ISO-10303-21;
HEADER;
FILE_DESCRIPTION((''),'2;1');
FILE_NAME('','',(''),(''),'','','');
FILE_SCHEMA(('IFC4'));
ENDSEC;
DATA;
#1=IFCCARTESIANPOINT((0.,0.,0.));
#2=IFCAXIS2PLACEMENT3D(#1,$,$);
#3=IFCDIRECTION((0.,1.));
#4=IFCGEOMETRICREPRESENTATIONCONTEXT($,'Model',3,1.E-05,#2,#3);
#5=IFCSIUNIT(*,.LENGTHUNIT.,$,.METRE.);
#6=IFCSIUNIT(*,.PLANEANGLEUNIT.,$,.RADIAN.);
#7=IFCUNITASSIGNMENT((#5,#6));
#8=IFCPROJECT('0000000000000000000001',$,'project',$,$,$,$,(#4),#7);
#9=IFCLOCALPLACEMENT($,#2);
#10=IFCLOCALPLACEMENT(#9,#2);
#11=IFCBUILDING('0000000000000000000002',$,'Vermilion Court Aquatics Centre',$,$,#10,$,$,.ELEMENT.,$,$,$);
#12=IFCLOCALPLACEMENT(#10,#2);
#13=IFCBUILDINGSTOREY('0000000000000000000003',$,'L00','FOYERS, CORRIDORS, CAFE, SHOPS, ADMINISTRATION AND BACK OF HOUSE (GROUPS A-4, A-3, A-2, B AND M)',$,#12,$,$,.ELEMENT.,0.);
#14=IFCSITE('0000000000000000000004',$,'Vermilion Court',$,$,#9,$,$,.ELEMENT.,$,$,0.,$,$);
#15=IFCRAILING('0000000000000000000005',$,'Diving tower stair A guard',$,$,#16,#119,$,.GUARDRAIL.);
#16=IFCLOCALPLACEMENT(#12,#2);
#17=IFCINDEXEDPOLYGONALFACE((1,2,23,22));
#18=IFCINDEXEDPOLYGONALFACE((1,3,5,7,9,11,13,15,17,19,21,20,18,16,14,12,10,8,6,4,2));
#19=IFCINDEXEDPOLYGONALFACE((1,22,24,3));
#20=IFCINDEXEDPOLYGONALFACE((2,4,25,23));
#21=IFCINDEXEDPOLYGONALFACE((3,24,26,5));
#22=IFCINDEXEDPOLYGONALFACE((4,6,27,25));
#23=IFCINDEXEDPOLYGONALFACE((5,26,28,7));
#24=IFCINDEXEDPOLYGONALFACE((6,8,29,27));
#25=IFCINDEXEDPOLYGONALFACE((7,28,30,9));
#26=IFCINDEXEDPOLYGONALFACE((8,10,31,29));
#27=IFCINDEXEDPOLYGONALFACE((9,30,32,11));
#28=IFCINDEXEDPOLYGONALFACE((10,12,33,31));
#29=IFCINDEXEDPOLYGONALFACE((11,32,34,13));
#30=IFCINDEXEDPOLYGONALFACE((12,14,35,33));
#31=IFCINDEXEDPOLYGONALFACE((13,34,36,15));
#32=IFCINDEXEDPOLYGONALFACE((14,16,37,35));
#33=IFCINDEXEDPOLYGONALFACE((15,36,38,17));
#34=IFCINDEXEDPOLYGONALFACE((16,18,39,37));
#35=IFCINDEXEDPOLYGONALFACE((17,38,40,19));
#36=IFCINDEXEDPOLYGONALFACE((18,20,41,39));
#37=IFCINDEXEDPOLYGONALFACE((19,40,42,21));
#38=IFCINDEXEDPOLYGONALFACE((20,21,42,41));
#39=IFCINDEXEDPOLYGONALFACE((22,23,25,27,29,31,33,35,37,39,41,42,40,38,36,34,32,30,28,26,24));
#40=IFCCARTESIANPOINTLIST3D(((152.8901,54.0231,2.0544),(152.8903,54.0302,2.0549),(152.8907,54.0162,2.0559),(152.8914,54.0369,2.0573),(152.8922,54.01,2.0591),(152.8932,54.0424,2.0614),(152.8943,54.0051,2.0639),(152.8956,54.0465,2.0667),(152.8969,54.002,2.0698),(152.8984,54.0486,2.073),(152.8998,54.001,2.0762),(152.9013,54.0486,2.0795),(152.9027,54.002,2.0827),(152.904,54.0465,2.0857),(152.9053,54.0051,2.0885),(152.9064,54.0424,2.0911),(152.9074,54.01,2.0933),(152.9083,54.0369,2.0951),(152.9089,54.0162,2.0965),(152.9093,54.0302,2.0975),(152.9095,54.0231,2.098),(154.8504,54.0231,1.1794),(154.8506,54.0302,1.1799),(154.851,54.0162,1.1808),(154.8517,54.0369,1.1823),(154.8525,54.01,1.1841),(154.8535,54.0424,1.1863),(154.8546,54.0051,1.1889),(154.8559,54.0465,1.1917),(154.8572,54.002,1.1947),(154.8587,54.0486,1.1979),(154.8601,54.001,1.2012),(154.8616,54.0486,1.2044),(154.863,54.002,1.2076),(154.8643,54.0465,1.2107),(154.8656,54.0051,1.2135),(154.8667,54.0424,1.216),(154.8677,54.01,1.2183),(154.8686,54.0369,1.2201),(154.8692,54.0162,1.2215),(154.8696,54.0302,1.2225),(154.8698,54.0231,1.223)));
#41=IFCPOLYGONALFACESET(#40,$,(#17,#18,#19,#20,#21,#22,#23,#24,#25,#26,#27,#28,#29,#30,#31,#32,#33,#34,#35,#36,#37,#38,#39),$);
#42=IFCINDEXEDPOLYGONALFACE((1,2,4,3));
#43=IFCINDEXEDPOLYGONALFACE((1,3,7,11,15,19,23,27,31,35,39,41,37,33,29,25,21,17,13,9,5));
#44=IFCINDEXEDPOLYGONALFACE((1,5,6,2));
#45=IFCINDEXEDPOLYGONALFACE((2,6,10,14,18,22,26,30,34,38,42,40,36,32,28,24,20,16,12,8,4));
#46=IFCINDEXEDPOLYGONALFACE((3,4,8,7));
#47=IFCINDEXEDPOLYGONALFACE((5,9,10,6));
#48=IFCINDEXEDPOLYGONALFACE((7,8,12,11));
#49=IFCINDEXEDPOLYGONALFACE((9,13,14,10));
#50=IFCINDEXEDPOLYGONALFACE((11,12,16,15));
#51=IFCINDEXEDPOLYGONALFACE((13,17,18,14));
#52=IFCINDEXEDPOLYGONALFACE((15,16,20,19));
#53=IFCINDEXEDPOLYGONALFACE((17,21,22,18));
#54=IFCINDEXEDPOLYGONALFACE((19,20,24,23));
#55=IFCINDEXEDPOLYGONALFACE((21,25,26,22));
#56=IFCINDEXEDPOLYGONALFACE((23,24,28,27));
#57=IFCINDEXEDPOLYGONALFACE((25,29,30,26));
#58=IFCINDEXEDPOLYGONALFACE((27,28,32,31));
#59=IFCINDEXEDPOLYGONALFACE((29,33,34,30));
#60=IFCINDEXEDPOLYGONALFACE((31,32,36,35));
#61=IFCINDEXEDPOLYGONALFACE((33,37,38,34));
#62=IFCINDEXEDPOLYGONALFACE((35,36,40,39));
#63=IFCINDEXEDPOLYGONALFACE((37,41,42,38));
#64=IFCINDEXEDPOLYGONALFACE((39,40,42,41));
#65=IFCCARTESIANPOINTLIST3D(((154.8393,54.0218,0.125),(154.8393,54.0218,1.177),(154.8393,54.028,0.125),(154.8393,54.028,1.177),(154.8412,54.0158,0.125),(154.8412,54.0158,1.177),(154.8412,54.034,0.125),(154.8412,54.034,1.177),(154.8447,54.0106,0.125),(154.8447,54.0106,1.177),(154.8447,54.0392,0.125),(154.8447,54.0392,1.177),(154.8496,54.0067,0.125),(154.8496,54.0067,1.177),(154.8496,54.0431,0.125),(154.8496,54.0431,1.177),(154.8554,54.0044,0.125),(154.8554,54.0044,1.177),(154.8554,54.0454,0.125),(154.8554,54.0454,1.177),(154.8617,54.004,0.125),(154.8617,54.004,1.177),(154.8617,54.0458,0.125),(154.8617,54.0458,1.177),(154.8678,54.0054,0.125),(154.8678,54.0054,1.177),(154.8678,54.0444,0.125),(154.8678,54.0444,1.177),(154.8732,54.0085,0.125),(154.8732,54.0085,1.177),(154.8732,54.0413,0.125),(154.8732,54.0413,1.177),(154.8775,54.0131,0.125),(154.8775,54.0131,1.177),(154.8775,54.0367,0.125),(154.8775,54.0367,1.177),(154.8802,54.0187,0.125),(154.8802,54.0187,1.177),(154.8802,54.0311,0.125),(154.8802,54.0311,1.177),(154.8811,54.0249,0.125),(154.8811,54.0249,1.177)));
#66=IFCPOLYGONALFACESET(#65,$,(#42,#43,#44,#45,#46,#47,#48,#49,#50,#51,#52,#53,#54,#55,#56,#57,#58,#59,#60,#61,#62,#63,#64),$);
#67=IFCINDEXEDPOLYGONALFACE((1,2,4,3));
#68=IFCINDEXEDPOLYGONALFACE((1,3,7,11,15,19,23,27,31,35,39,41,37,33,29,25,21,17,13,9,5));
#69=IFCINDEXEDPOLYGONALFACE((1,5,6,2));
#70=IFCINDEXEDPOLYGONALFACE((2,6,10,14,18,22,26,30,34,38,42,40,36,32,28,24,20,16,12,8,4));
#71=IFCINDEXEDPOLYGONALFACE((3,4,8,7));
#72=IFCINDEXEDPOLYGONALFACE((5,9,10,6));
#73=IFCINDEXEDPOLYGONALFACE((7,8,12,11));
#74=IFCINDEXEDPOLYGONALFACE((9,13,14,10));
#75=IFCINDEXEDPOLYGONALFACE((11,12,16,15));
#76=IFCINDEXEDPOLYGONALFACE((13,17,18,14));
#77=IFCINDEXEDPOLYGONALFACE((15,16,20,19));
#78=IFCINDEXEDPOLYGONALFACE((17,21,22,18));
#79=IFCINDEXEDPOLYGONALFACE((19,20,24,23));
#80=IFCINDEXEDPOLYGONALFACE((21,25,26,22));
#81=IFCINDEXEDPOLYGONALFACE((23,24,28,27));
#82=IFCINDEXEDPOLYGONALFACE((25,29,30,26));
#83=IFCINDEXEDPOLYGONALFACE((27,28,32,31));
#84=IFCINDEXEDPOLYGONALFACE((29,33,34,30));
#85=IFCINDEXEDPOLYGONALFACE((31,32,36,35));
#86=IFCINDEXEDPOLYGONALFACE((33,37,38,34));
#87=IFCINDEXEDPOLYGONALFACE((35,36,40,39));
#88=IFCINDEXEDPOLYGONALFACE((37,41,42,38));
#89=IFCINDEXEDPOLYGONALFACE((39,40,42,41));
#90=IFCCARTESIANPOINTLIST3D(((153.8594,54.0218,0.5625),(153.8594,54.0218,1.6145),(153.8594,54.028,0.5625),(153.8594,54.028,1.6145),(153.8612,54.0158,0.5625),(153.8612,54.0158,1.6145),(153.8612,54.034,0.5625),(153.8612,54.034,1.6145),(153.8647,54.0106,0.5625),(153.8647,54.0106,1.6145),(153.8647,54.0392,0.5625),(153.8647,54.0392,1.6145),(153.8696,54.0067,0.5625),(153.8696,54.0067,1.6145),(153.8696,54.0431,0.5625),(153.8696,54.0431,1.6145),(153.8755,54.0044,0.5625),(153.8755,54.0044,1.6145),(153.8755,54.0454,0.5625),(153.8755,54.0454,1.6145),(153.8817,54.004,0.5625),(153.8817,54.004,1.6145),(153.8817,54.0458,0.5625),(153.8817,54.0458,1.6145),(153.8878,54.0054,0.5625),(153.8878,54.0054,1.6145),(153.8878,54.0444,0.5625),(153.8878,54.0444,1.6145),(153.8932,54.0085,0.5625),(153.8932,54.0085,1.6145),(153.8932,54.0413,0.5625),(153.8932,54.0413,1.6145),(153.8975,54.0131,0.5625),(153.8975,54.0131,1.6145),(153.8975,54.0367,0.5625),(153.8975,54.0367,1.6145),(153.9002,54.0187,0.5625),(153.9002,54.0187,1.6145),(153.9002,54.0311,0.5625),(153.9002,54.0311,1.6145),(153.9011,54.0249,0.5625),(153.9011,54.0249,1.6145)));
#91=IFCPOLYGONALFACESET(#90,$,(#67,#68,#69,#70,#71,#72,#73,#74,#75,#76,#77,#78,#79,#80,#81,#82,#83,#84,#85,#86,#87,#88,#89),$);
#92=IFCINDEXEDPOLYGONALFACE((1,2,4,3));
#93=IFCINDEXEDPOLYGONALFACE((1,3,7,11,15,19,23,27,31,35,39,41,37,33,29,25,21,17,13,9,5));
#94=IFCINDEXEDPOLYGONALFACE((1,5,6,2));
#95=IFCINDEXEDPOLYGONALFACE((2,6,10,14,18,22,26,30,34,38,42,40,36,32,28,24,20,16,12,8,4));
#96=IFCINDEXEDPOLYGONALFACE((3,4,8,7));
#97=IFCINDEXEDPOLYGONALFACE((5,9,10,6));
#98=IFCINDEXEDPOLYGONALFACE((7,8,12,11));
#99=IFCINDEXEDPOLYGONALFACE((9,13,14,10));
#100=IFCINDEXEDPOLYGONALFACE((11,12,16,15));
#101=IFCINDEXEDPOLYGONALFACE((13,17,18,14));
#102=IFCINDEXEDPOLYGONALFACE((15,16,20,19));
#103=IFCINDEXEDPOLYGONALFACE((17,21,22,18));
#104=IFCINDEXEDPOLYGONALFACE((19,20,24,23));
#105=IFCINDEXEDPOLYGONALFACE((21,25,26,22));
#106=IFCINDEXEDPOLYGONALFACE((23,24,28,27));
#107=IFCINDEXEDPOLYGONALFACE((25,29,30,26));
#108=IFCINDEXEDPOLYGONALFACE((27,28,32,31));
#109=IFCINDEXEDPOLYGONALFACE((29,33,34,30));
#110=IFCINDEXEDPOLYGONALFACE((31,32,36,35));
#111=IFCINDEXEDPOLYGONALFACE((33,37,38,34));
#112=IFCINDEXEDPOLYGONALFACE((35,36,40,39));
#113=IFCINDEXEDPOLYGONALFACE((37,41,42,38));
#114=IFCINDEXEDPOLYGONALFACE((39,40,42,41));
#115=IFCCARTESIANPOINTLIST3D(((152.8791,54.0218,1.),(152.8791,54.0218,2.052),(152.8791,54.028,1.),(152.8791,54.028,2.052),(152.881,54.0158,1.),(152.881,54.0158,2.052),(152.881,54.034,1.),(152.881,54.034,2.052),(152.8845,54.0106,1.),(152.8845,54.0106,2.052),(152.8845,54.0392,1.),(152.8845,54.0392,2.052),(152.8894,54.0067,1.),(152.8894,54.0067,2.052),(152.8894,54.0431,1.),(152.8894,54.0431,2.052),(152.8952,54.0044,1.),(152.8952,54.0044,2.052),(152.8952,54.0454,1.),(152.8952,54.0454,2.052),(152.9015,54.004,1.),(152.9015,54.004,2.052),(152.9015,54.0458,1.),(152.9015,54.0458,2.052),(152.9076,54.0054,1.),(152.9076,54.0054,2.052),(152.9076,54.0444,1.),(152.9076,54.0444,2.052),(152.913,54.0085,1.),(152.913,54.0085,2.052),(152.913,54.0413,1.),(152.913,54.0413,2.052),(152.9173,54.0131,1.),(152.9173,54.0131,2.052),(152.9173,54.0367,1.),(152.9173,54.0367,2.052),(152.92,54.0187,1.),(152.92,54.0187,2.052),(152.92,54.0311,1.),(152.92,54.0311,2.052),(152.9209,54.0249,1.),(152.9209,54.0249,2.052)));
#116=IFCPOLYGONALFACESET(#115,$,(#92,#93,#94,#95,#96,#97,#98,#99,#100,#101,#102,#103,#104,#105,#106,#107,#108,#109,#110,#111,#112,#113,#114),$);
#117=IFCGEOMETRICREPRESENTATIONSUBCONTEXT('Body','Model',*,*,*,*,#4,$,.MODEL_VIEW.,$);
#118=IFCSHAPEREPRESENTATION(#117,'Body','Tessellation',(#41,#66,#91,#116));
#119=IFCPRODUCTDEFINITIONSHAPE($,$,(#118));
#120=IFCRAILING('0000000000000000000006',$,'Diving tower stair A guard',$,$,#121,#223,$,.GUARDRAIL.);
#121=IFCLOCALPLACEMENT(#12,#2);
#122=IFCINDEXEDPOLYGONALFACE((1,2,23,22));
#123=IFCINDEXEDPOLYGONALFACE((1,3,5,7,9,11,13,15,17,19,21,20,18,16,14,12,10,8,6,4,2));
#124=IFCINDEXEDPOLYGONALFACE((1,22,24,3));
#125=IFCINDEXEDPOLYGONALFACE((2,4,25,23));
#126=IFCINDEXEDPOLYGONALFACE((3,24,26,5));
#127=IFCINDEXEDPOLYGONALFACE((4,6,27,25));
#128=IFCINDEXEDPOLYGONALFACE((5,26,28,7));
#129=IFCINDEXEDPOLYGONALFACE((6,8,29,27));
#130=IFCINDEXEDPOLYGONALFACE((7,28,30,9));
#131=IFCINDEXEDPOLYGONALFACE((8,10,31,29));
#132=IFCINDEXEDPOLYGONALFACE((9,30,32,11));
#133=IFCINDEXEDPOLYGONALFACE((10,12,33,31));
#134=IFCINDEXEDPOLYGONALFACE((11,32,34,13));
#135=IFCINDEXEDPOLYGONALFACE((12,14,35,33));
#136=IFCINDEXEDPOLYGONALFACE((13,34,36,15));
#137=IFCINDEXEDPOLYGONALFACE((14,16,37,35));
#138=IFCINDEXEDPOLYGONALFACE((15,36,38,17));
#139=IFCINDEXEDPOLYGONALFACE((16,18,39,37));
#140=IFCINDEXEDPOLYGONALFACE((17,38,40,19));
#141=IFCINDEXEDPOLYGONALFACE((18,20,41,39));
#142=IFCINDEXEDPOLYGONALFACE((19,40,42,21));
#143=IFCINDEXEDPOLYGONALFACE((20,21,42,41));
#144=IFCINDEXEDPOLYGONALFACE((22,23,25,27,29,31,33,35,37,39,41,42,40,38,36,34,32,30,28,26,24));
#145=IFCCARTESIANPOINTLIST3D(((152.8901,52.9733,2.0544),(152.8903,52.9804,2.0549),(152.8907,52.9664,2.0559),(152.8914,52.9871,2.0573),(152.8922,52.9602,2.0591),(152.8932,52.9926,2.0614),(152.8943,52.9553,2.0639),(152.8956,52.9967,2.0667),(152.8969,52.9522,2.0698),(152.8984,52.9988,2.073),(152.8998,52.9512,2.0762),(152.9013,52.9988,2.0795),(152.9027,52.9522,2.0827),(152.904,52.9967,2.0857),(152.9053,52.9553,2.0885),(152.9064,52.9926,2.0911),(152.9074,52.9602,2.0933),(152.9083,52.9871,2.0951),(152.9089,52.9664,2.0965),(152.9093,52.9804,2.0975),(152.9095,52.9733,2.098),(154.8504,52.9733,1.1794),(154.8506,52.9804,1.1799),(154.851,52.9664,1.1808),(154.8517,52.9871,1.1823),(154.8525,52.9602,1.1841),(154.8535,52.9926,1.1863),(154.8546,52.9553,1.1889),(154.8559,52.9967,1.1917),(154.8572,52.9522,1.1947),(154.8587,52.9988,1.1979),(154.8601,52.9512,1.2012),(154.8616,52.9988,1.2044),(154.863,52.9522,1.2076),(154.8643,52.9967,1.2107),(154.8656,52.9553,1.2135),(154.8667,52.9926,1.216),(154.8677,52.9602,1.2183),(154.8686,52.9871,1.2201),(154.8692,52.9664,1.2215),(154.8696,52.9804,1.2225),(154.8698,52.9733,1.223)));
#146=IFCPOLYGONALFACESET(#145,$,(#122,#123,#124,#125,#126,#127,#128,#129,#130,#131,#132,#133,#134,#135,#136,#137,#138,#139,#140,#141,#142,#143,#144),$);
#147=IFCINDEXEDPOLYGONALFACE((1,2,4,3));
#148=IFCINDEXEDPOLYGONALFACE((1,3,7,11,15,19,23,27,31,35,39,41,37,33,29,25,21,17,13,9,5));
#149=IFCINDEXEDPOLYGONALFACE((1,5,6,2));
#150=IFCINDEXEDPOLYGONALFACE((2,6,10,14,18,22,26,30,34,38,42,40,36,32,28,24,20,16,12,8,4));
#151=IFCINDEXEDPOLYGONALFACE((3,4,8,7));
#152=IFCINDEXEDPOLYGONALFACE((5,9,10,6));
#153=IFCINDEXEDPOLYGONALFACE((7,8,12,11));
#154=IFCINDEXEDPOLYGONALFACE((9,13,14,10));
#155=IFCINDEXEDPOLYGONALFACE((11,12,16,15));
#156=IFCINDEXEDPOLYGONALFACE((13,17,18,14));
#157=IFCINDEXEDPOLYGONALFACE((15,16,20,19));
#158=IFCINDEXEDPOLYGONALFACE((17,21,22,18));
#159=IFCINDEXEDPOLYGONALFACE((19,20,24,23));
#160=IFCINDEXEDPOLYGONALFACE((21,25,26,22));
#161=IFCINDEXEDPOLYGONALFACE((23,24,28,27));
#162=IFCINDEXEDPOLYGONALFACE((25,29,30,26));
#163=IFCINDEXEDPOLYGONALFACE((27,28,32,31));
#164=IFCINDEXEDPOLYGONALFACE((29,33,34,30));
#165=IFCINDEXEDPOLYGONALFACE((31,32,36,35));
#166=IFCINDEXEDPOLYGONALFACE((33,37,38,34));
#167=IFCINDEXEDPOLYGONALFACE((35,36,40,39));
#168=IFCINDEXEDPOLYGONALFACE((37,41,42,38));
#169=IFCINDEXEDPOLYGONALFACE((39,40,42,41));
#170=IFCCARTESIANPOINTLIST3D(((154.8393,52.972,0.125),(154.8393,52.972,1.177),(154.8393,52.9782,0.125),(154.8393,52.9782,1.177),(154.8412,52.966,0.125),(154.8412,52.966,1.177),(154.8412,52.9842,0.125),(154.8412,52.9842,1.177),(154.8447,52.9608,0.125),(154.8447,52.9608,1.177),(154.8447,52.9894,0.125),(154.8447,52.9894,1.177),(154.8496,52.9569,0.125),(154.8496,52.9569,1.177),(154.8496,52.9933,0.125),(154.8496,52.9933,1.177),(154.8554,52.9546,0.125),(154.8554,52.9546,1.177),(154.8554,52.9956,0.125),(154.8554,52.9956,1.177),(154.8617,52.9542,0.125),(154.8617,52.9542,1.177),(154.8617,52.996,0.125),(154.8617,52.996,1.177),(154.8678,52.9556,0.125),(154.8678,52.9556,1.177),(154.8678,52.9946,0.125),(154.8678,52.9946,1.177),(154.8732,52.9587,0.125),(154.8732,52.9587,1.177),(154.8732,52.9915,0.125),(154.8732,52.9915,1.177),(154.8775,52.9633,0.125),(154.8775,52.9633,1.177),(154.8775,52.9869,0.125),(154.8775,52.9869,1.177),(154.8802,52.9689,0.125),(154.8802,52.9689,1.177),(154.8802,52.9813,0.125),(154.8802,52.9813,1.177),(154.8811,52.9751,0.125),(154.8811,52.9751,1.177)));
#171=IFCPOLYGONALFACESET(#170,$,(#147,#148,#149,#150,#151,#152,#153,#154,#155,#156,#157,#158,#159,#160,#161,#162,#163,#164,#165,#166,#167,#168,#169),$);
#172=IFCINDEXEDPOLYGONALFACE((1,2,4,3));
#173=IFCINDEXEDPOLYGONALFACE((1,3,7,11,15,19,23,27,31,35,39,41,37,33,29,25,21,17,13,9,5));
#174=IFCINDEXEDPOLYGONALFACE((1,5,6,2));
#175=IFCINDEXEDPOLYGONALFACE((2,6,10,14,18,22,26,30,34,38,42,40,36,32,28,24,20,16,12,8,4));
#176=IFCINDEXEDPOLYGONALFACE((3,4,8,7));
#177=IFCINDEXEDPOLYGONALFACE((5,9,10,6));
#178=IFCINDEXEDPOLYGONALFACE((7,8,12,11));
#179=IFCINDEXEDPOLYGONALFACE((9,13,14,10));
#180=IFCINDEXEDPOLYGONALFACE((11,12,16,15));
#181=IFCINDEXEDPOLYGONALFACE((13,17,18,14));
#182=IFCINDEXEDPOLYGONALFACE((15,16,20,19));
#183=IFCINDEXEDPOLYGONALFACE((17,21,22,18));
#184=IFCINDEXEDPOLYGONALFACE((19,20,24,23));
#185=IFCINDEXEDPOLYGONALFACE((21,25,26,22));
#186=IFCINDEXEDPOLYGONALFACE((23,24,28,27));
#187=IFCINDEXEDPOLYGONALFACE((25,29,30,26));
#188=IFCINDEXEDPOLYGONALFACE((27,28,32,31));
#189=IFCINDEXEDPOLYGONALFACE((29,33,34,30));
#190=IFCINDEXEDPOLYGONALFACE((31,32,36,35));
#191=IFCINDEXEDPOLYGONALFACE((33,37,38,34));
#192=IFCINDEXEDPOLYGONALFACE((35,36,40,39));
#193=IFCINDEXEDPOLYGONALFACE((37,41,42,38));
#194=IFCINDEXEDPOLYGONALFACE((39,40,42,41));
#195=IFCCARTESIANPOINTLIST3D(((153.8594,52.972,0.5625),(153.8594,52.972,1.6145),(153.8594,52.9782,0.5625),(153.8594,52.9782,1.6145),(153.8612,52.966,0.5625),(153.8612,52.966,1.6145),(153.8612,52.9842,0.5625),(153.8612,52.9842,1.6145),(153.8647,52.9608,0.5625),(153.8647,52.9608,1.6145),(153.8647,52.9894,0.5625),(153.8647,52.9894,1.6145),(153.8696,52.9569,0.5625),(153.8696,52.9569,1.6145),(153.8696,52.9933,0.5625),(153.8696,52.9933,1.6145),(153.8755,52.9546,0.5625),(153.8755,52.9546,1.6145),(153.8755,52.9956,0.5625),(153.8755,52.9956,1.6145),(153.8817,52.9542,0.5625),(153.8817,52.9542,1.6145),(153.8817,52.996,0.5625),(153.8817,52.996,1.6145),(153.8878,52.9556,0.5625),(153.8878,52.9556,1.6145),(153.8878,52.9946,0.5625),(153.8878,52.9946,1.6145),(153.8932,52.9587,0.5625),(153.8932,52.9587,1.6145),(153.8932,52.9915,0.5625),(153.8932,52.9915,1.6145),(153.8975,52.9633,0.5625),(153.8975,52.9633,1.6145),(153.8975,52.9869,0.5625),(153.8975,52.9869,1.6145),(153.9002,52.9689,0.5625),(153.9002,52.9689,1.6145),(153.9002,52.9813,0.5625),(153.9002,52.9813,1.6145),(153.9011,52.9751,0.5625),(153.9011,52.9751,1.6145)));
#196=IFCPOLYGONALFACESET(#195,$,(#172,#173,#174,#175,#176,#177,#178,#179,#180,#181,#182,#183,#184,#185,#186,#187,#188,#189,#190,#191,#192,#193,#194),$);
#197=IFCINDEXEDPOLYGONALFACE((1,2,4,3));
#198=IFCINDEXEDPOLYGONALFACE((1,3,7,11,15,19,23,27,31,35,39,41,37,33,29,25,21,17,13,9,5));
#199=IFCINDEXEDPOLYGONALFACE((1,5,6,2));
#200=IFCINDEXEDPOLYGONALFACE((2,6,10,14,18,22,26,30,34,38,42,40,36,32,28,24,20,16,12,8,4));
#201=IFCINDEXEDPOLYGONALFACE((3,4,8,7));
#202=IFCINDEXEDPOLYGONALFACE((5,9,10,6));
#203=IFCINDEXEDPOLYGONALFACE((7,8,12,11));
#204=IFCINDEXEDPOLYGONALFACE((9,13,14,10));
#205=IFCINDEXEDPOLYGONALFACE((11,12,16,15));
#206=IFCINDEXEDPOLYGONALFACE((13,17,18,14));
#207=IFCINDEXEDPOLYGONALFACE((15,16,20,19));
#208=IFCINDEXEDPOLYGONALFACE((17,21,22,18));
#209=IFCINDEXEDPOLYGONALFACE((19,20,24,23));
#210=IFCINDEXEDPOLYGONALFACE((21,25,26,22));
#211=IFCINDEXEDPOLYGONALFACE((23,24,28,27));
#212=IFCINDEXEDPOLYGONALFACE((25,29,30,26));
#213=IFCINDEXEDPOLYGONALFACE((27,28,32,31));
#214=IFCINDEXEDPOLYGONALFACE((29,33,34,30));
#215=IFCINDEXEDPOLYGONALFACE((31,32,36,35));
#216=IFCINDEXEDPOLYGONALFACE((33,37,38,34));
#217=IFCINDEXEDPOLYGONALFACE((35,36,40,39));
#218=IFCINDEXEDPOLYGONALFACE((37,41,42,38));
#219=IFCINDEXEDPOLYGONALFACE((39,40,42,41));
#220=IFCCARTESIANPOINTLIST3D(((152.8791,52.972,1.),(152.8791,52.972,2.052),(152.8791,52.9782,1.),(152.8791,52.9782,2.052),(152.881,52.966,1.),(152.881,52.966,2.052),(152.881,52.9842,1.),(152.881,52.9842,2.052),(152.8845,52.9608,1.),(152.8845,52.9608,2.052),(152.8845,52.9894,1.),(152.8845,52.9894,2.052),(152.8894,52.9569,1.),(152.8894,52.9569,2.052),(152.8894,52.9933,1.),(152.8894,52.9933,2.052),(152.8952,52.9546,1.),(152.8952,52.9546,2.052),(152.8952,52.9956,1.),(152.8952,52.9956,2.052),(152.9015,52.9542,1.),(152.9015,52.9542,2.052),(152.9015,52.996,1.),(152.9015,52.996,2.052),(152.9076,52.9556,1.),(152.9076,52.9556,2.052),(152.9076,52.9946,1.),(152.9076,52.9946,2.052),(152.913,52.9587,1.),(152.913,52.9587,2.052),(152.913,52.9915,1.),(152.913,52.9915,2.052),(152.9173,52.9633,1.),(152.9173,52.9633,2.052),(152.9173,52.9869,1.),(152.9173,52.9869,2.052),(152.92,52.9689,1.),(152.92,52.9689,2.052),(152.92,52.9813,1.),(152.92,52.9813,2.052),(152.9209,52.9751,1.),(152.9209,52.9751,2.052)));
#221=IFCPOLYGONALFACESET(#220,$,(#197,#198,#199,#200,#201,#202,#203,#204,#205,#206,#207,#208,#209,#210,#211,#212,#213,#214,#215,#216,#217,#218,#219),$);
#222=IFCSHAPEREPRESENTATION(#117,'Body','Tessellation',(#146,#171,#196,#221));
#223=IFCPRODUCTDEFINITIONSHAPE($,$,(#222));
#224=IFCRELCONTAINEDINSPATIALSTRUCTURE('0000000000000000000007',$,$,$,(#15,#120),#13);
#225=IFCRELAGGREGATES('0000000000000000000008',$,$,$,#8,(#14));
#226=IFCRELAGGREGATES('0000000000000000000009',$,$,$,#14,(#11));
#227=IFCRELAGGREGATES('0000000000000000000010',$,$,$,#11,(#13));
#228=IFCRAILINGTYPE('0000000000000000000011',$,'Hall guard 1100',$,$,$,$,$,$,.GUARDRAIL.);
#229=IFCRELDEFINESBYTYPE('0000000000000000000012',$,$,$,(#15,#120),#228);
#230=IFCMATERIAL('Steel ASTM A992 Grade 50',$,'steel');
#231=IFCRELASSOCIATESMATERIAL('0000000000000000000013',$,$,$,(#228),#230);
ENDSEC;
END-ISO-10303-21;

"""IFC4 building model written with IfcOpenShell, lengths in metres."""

from ifc_helpers import new_model, si_unit, direction, frame, origin, origin_2d, place, context, subcontext, project, spatial, circle, extrude, material, type_object, element, save


model = new_model("IFC4")

# Units and contexts
model_context = context("Model", 3, precision=1e-05, world=origin(), true_north=direction((0.0, 1.0)))
body_context = subcontext(model_context, "Body", "Model", "MODEL_VIEW")
ifc_project = project(units=[si_unit("LENGTHUNIT", "METRE"), si_unit("PLANEANGLEUNIT", "RADIAN")], contexts=[model_context])

# Site, building, storey
site_placement = place(None, origin())
site = spatial("IfcSite", under=ifc_project, at=site_placement, Name="Vermilion Court", CompositionType="ELEMENT", RefElevation=0.0)
building_placement = place(site_placement, origin())
building = spatial("IfcBuilding", under=site, at=building_placement, Name="Vermilion Court Aquatics Centre", CompositionType="ELEMENT")
storey_placement = place(building_placement, origin())
storey = spatial("IfcBuildingStorey", under=building, at=storey_placement, Name="L00", Description="FOYERS, CORRIDORS, CAFE, SHOPS, ADMINISTRATION AND BACK OF HOUSE (GROUPS A-4, A-3, A-2, B AND M)", CompositionType="ELEMENT", Elevation=0.0)

# Railings
ifc_material_1 = material(Name="Steel ASTM A992 Grade 50", Category="steel")
railing_type_1 = type_object("IfcRailingType", Name="Hall guard 1100", PredefinedType="GUARDRAIL", material=ifc_material_1)
for number, where, name in (
    (1, (154.8601, 54.0249, 0.125), "Diving tower stair A guard"),
    (2, (154.8601, 52.9751, 0.125), "Diving tower stair A guard"),
):
    element("IfcRailing", number, at=place(storey_placement, frame(where)), inside=storey, type_object=railing_type_1, Name=name, PredefinedType="GUARDRAIL", context=body_context, shape_type="SweptSolid", body=[
        extrude(circle(Radius=0.0239, at=origin_2d()), frame((0.0, 0.0, 1.0762), z_axis=(-0.913154, 0.0, 0.407615), x_axis=(0.0, -1.0, 0.0)), (0.0, 0.0, 1.0), 2.1467),
        extrude(circle(Radius=0.021, at=origin_2d()), origin(), (0.0, 0.0, 1.0), 1.052),
        extrude(circle(Radius=0.021, at=origin_2d()), frame((-0.98, 0.0, 0.4375)), (0.0, 0.0, 1.0), 1.052),
        extrude(circle(Radius=0.021, at=origin_2d()), frame((-1.9602, 0.0, 0.875)), (0.0, 0.0, 1.0), 1.052),
    ])

save(model, "model.ifc")
